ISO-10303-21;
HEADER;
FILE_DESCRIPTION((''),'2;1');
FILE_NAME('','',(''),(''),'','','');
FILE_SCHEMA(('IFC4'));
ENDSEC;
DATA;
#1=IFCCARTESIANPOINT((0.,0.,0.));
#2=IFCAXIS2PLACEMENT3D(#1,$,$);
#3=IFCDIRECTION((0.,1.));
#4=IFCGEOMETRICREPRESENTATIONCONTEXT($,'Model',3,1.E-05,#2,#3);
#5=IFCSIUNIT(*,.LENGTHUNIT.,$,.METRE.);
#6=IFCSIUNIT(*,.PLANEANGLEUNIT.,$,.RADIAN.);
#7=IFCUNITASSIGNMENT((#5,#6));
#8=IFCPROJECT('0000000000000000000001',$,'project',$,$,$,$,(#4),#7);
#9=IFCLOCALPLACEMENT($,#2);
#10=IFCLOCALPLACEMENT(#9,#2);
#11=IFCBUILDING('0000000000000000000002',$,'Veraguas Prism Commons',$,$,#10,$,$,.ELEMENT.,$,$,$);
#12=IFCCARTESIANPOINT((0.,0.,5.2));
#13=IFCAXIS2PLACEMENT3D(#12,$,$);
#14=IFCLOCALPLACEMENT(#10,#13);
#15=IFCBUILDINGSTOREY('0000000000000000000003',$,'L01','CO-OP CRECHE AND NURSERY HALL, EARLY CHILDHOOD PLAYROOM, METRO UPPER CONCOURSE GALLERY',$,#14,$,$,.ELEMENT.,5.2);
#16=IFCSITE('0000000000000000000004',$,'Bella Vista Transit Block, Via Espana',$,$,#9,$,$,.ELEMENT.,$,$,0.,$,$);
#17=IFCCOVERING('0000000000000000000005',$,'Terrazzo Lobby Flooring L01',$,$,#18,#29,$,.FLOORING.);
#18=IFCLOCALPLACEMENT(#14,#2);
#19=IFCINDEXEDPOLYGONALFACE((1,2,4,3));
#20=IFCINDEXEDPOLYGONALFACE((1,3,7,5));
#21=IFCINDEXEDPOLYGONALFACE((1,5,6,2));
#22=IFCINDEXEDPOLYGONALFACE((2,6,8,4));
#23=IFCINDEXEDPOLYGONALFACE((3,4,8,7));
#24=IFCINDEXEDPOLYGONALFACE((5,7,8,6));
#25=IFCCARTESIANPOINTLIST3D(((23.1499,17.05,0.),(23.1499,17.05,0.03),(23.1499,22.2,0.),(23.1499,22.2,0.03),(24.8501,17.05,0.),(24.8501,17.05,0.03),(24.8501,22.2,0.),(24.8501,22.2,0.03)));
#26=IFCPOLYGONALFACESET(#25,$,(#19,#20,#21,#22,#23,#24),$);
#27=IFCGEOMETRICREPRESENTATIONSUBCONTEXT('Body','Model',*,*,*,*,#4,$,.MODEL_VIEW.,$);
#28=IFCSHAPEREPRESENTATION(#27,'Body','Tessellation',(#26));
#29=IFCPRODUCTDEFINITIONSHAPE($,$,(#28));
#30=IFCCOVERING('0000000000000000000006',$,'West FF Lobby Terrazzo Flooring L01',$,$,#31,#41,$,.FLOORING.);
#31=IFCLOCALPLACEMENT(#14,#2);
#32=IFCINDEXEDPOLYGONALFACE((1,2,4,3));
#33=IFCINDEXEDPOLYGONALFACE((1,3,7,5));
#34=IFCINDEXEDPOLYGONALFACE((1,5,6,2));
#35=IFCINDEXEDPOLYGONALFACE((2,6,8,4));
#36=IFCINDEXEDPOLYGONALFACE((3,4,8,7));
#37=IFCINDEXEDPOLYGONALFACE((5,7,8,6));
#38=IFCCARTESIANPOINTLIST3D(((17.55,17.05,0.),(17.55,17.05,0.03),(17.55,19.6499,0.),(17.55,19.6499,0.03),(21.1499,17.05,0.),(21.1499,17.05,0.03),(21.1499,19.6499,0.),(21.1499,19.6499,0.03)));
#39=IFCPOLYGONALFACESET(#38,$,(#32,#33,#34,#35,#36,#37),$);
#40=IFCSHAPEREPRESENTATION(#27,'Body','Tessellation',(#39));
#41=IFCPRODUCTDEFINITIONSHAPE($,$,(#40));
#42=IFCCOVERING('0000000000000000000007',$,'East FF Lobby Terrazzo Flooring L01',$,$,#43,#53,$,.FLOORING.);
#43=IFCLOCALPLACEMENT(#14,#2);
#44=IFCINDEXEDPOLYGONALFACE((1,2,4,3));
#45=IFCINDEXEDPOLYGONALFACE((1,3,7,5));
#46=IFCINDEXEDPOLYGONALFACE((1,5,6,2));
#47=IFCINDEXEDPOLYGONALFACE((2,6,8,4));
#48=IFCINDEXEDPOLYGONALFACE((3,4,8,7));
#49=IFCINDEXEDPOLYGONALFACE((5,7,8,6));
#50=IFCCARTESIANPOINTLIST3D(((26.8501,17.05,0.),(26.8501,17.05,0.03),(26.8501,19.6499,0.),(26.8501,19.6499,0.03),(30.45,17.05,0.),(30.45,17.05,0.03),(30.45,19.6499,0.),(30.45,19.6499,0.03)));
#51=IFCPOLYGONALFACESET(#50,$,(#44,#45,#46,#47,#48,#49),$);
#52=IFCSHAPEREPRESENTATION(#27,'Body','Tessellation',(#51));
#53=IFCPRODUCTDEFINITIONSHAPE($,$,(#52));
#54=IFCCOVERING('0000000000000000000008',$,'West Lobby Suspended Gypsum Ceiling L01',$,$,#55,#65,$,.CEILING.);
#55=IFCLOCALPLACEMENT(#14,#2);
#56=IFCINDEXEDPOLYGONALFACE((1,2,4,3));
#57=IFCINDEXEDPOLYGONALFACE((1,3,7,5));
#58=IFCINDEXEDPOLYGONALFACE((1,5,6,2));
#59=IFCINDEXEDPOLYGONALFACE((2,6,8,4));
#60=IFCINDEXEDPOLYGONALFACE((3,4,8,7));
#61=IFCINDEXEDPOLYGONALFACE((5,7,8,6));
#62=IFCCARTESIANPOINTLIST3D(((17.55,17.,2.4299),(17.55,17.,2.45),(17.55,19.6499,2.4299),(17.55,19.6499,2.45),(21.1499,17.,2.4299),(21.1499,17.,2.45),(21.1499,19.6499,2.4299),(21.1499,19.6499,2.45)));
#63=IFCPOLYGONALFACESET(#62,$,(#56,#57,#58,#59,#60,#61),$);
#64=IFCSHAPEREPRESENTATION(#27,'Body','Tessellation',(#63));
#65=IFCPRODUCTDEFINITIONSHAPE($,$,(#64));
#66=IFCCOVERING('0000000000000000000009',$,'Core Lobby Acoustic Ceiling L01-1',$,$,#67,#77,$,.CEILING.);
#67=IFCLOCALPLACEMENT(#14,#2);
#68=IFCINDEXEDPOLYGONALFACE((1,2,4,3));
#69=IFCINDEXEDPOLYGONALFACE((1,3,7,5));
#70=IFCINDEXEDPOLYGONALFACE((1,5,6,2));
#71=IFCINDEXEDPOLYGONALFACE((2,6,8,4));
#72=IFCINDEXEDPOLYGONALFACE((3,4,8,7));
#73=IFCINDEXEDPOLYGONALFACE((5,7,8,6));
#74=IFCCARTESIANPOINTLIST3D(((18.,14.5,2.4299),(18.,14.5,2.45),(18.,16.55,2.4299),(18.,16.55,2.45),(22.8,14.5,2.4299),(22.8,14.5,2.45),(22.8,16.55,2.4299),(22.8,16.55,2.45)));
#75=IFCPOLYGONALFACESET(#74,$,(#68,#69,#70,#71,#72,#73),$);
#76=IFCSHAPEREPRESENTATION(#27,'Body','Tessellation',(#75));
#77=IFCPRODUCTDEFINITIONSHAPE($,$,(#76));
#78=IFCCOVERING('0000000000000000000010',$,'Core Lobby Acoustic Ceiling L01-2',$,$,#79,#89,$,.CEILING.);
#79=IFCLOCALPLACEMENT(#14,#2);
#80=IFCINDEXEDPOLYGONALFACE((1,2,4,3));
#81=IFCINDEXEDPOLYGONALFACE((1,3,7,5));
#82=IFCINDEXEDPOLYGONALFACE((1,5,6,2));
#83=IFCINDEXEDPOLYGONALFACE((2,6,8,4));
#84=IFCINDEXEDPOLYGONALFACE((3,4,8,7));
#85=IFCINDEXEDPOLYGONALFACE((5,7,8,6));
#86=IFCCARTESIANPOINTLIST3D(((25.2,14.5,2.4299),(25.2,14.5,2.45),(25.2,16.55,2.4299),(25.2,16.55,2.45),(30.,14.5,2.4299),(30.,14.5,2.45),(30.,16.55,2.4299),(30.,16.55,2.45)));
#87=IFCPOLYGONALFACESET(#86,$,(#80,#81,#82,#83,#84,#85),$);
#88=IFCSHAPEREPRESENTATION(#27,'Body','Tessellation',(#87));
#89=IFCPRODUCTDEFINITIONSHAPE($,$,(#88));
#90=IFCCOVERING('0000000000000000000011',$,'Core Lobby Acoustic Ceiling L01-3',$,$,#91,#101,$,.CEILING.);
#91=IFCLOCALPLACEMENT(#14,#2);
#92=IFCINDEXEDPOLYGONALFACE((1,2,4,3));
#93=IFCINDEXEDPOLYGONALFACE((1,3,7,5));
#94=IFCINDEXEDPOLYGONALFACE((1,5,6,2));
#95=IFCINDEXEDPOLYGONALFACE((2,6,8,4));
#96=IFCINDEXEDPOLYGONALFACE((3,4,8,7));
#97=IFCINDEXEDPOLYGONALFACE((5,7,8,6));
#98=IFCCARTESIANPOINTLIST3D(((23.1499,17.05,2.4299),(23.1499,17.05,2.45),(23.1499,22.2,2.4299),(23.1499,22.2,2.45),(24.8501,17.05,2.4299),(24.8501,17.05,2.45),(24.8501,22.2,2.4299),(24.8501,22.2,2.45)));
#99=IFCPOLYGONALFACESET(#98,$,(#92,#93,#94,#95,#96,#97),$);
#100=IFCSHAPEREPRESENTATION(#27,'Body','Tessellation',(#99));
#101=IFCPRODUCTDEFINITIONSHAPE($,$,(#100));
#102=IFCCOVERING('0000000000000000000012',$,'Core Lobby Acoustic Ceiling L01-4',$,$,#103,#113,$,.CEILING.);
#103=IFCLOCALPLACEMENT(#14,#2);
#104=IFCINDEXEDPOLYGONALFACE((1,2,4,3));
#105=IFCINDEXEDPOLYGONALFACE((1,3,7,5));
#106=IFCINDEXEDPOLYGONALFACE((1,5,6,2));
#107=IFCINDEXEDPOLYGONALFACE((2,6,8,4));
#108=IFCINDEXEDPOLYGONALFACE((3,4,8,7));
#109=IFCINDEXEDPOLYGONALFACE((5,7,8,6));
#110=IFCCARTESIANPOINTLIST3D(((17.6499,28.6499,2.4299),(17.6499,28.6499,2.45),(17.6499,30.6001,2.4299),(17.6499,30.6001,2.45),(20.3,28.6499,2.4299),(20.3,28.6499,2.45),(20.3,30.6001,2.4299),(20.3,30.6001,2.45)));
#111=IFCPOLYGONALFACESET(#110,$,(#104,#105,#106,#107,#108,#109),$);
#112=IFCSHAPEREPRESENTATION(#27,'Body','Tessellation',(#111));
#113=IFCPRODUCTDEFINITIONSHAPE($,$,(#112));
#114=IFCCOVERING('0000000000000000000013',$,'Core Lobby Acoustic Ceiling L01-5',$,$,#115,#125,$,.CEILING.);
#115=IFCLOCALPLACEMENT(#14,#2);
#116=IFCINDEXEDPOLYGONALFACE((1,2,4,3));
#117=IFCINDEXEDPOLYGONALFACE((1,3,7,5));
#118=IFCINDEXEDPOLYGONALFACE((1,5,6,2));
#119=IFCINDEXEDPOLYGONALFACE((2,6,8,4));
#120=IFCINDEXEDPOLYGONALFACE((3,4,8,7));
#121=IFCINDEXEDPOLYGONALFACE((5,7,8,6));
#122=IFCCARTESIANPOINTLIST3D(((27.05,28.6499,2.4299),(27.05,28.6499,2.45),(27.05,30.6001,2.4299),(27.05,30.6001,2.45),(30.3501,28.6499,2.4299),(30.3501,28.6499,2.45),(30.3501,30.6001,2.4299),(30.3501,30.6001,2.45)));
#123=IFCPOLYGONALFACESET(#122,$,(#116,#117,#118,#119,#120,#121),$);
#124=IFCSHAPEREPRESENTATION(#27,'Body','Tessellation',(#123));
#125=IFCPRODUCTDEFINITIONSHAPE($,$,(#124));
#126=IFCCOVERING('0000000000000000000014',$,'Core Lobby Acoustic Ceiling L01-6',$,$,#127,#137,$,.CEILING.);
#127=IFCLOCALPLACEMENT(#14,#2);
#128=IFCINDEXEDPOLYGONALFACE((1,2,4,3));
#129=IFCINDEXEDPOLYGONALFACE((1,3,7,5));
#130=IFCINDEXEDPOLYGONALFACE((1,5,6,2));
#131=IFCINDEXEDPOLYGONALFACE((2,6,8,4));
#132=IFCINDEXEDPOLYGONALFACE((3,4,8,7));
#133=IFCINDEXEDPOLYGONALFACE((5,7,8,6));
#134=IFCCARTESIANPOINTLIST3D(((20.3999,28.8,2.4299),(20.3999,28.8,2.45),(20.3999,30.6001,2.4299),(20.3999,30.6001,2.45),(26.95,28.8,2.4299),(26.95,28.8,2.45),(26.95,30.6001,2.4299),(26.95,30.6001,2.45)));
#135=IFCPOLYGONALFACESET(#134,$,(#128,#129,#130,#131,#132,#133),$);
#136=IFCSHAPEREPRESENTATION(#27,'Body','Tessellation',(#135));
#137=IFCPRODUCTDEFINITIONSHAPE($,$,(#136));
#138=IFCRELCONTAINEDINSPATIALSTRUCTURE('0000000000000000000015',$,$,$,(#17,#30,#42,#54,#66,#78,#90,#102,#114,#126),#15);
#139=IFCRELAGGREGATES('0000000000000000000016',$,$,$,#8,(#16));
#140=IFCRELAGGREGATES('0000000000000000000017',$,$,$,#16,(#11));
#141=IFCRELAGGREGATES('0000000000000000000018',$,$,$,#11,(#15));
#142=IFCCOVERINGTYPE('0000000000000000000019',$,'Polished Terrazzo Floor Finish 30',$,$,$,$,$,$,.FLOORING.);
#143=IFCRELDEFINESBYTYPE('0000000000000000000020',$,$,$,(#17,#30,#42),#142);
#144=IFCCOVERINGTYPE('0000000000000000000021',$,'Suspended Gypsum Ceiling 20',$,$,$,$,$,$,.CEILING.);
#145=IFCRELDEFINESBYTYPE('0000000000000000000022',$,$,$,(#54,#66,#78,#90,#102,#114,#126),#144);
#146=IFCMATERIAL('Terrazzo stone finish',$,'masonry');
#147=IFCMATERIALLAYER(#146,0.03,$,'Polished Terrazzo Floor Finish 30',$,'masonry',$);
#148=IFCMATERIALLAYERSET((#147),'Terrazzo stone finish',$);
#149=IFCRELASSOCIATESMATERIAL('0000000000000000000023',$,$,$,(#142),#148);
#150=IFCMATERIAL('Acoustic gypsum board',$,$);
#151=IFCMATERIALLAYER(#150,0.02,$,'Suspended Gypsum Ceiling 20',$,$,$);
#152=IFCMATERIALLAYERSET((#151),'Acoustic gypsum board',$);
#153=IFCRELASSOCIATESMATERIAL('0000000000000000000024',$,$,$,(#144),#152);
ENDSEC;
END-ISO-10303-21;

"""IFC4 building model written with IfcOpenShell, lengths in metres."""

from ifc_helpers import new_model, si_unit, direction, frame, origin, place, context, subcontext, project, spatial, polyline, outline, extrude, material, layer, layer_set, type_object, element, save


model = new_model("IFC4")

# Units and contexts
model_context = context("Model", 3, precision=1e-05, world=origin(), true_north=direction((0.0, 1.0)))
body_context = subcontext(model_context, "Body", "Model", "MODEL_VIEW")
ifc_project = project(units=[si_unit("LENGTHUNIT", "METRE"), si_unit("PLANEANGLEUNIT", "RADIAN")], contexts=[model_context])

# Site, building, storey
site_placement = place(None, origin())
site = spatial("IfcSite", under=ifc_project, at=site_placement, Name="Bella Vista Transit Block, Via Espana", CompositionType="ELEMENT", RefElevation=0.0)
building_placement = place(site_placement, origin())
building = spatial("IfcBuilding", under=site, at=building_placement, Name="Veraguas Prism Commons", CompositionType="ELEMENT")
storey_placement = place(building_placement, frame((0.0, 0.0, 5.2)))
storey = spatial("IfcBuildingStorey", under=building, at=storey_placement, Name="L01", Description="CO-OP CRECHE AND NURSERY HALL, EARLY CHILDHOOD PLAYROOM, METRO UPPER CONCOURSE GALLERY", CompositionType="ELEMENT", Elevation=5.2)

# Coverings
ifc_material_1 = material(Name="Acoustic gypsum board")
ifc_material_2 = material(Name="Terrazzo stone finish", Category="masonry")
ifc_layer_1 = layer(ifc_material_2, 0.03, Name="Polished Terrazzo Floor Finish 30", Category="masonry")
ifc_layer_set_1 = layer_set([ifc_layer_1], Name="Terrazzo stone finish")
covering_type_1 = type_object("IfcCoveringType", Name="Polished Terrazzo Floor Finish 30", PredefinedType="FLOORING", material=ifc_layer_set_1)
covering_1_placement = place(storey_placement, origin())
element("IfcCovering", 1, at=covering_1_placement, inside=storey, type_object=covering_type_1, Name="Terrazzo Lobby Flooring L01", PredefinedType="FLOORING", context=body_context, shape_type="SweptSolid", body=[
    extrude(outline(polyline([(23.1499, 17.05), (24.8501, 17.05), (24.8501, 22.2), (23.1499, 22.2), (23.1499, 17.05)])), origin(), (0.0, 0.0, 1.0), 0.03),
])
covering_2_placement = place(storey_placement, origin())
element("IfcCovering", 2, at=covering_2_placement, inside=storey, type_object=covering_type_1, Name="West FF Lobby Terrazzo Flooring L01", PredefinedType="FLOORING", context=body_context, shape_type="SweptSolid", body=[
    extrude(outline(polyline([(17.55, 17.05), (21.1499, 17.05), (21.1499, 19.6499), (17.55, 19.6499), (17.55, 17.05)])), origin(), (0.0, 0.0, 1.0), 0.03),
])
covering_3_placement = place(storey_placement, origin())
element("IfcCovering", 3, at=covering_3_placement, inside=storey, type_object=covering_type_1, Name="East FF Lobby Terrazzo Flooring L01", PredefinedType="FLOORING", context=body_context, shape_type="SweptSolid", body=[
    extrude(outline(polyline([(26.8501, 17.05), (30.45, 17.05), (30.45, 19.6499), (26.8501, 19.6499), (26.8501, 17.05)])), origin(), (0.0, 0.0, 1.0), 0.03),
])
ifc_layer_2 = layer(ifc_material_1, 0.02, Name="Suspended Gypsum Ceiling 20")
ifc_layer_set_2 = layer_set([ifc_layer_2], Name="Acoustic gypsum board")
covering_type_2 = type_object("IfcCoveringType", Name="Suspended Gypsum Ceiling 20", PredefinedType="CEILING", material=ifc_layer_set_2)
covering_4_placement = place(storey_placement, frame((0.0, 0.0, 2.4299)))
element("IfcCovering", 4, at=covering_4_placement, inside=storey, type_object=covering_type_2, Name="West Lobby Suspended Gypsum Ceiling L01", PredefinedType="CEILING", context=body_context, shape_type="SweptSolid", body=[
    extrude(outline(polyline([(17.55, 17.0), (21.1499, 17.0), (21.1499, 19.6499), (17.55, 19.6499), (17.55, 17.0)])), origin(), (0.0, 0.0, 1.0), 0.02),
])
covering_5_placement = place(storey_placement, frame((0.0, 0.0, 2.4299)))
element("IfcCovering", 5, at=covering_5_placement, inside=storey, type_object=covering_type_2, Name="Core Lobby Acoustic Ceiling L01-1", PredefinedType="CEILING", context=body_context, shape_type="SweptSolid", body=[
    extrude(outline(polyline([(18.0, 14.5), (22.8, 14.5), (22.8, 16.55), (18.0, 16.55), (18.0, 14.5)])), origin(), (0.0, 0.0, 1.0), 0.02),
])
covering_6_placement = place(storey_placement, frame((0.0, 0.0, 2.4299)))
element("IfcCovering", 6, at=covering_6_placement, inside=storey, type_object=covering_type_2, Name="Core Lobby Acoustic Ceiling L01-2", PredefinedType="CEILING", context=body_context, shape_type="SweptSolid", body=[
    extrude(outline(polyline([(25.2, 14.5), (30.0, 14.5), (30.0, 16.55), (25.2, 16.55), (25.2, 14.5)])), origin(), (0.0, 0.0, 1.0), 0.02),
])
covering_7_placement = place(storey_placement, frame((0.0, 0.0, 2.4299)))
element("IfcCovering", 7, at=covering_7_placement, inside=storey, type_object=covering_type_2, Name="Core Lobby Acoustic Ceiling L01-3", PredefinedType="CEILING", context=body_context, shape_type="SweptSolid", body=[
    extrude(outline(polyline([(23.1499, 17.05), (24.8501, 17.05), (24.8501, 22.2), (23.1499, 22.2), (23.1499, 17.05)])), origin(), (0.0, 0.0, 1.0), 0.02),
])
covering_8_placement = place(storey_placement, frame((0.0, 0.0, 2.4299)))
element("IfcCovering", 8, at=covering_8_placement, inside=storey, type_object=covering_type_2, Name="Core Lobby Acoustic Ceiling L01-4", PredefinedType="CEILING", context=body_context, shape_type="SweptSolid", body=[
    extrude(outline(polyline([(17.6499, 28.6499), (20.3, 28.6499), (20.3, 30.6001), (17.6499, 30.6001), (17.6499, 28.6499)])), origin(), (0.0, 0.0, 1.0), 0.02),
])
covering_9_placement = place(storey_placement, frame((0.0, 0.0, 2.4299)))
element("IfcCovering", 9, at=covering_9_placement, inside=storey, type_object=covering_type_2, Name="Core Lobby Acoustic Ceiling L01-5", PredefinedType="CEILING", context=body_context, shape_type="SweptSolid", body=[
    extrude(outline(polyline([(27.05, 28.6499), (30.3501, 28.6499), (30.3501, 30.6001), (27.05, 30.6001), (27.05, 28.6499)])), origin(), (0.0, 0.0, 1.0), 0.02),
])
covering_10_placement = place(storey_placement, frame((0.0, 0.0, 2.4299)))
element("IfcCovering", 10, at=covering_10_placement, inside=storey, type_object=covering_type_2, Name="Core Lobby Acoustic Ceiling L01-6", PredefinedType="CEILING", context=body_context, shape_type="SweptSolid", body=[
    extrude(outline(polyline([(20.3999, 28.8), (26.95, 28.8), (26.95, 30.6001), (20.3999, 30.6001), (20.3999, 28.8)])), origin(), (0.0, 0.0, 1.0), 0.02),
])

save(model, "model.ifc")
